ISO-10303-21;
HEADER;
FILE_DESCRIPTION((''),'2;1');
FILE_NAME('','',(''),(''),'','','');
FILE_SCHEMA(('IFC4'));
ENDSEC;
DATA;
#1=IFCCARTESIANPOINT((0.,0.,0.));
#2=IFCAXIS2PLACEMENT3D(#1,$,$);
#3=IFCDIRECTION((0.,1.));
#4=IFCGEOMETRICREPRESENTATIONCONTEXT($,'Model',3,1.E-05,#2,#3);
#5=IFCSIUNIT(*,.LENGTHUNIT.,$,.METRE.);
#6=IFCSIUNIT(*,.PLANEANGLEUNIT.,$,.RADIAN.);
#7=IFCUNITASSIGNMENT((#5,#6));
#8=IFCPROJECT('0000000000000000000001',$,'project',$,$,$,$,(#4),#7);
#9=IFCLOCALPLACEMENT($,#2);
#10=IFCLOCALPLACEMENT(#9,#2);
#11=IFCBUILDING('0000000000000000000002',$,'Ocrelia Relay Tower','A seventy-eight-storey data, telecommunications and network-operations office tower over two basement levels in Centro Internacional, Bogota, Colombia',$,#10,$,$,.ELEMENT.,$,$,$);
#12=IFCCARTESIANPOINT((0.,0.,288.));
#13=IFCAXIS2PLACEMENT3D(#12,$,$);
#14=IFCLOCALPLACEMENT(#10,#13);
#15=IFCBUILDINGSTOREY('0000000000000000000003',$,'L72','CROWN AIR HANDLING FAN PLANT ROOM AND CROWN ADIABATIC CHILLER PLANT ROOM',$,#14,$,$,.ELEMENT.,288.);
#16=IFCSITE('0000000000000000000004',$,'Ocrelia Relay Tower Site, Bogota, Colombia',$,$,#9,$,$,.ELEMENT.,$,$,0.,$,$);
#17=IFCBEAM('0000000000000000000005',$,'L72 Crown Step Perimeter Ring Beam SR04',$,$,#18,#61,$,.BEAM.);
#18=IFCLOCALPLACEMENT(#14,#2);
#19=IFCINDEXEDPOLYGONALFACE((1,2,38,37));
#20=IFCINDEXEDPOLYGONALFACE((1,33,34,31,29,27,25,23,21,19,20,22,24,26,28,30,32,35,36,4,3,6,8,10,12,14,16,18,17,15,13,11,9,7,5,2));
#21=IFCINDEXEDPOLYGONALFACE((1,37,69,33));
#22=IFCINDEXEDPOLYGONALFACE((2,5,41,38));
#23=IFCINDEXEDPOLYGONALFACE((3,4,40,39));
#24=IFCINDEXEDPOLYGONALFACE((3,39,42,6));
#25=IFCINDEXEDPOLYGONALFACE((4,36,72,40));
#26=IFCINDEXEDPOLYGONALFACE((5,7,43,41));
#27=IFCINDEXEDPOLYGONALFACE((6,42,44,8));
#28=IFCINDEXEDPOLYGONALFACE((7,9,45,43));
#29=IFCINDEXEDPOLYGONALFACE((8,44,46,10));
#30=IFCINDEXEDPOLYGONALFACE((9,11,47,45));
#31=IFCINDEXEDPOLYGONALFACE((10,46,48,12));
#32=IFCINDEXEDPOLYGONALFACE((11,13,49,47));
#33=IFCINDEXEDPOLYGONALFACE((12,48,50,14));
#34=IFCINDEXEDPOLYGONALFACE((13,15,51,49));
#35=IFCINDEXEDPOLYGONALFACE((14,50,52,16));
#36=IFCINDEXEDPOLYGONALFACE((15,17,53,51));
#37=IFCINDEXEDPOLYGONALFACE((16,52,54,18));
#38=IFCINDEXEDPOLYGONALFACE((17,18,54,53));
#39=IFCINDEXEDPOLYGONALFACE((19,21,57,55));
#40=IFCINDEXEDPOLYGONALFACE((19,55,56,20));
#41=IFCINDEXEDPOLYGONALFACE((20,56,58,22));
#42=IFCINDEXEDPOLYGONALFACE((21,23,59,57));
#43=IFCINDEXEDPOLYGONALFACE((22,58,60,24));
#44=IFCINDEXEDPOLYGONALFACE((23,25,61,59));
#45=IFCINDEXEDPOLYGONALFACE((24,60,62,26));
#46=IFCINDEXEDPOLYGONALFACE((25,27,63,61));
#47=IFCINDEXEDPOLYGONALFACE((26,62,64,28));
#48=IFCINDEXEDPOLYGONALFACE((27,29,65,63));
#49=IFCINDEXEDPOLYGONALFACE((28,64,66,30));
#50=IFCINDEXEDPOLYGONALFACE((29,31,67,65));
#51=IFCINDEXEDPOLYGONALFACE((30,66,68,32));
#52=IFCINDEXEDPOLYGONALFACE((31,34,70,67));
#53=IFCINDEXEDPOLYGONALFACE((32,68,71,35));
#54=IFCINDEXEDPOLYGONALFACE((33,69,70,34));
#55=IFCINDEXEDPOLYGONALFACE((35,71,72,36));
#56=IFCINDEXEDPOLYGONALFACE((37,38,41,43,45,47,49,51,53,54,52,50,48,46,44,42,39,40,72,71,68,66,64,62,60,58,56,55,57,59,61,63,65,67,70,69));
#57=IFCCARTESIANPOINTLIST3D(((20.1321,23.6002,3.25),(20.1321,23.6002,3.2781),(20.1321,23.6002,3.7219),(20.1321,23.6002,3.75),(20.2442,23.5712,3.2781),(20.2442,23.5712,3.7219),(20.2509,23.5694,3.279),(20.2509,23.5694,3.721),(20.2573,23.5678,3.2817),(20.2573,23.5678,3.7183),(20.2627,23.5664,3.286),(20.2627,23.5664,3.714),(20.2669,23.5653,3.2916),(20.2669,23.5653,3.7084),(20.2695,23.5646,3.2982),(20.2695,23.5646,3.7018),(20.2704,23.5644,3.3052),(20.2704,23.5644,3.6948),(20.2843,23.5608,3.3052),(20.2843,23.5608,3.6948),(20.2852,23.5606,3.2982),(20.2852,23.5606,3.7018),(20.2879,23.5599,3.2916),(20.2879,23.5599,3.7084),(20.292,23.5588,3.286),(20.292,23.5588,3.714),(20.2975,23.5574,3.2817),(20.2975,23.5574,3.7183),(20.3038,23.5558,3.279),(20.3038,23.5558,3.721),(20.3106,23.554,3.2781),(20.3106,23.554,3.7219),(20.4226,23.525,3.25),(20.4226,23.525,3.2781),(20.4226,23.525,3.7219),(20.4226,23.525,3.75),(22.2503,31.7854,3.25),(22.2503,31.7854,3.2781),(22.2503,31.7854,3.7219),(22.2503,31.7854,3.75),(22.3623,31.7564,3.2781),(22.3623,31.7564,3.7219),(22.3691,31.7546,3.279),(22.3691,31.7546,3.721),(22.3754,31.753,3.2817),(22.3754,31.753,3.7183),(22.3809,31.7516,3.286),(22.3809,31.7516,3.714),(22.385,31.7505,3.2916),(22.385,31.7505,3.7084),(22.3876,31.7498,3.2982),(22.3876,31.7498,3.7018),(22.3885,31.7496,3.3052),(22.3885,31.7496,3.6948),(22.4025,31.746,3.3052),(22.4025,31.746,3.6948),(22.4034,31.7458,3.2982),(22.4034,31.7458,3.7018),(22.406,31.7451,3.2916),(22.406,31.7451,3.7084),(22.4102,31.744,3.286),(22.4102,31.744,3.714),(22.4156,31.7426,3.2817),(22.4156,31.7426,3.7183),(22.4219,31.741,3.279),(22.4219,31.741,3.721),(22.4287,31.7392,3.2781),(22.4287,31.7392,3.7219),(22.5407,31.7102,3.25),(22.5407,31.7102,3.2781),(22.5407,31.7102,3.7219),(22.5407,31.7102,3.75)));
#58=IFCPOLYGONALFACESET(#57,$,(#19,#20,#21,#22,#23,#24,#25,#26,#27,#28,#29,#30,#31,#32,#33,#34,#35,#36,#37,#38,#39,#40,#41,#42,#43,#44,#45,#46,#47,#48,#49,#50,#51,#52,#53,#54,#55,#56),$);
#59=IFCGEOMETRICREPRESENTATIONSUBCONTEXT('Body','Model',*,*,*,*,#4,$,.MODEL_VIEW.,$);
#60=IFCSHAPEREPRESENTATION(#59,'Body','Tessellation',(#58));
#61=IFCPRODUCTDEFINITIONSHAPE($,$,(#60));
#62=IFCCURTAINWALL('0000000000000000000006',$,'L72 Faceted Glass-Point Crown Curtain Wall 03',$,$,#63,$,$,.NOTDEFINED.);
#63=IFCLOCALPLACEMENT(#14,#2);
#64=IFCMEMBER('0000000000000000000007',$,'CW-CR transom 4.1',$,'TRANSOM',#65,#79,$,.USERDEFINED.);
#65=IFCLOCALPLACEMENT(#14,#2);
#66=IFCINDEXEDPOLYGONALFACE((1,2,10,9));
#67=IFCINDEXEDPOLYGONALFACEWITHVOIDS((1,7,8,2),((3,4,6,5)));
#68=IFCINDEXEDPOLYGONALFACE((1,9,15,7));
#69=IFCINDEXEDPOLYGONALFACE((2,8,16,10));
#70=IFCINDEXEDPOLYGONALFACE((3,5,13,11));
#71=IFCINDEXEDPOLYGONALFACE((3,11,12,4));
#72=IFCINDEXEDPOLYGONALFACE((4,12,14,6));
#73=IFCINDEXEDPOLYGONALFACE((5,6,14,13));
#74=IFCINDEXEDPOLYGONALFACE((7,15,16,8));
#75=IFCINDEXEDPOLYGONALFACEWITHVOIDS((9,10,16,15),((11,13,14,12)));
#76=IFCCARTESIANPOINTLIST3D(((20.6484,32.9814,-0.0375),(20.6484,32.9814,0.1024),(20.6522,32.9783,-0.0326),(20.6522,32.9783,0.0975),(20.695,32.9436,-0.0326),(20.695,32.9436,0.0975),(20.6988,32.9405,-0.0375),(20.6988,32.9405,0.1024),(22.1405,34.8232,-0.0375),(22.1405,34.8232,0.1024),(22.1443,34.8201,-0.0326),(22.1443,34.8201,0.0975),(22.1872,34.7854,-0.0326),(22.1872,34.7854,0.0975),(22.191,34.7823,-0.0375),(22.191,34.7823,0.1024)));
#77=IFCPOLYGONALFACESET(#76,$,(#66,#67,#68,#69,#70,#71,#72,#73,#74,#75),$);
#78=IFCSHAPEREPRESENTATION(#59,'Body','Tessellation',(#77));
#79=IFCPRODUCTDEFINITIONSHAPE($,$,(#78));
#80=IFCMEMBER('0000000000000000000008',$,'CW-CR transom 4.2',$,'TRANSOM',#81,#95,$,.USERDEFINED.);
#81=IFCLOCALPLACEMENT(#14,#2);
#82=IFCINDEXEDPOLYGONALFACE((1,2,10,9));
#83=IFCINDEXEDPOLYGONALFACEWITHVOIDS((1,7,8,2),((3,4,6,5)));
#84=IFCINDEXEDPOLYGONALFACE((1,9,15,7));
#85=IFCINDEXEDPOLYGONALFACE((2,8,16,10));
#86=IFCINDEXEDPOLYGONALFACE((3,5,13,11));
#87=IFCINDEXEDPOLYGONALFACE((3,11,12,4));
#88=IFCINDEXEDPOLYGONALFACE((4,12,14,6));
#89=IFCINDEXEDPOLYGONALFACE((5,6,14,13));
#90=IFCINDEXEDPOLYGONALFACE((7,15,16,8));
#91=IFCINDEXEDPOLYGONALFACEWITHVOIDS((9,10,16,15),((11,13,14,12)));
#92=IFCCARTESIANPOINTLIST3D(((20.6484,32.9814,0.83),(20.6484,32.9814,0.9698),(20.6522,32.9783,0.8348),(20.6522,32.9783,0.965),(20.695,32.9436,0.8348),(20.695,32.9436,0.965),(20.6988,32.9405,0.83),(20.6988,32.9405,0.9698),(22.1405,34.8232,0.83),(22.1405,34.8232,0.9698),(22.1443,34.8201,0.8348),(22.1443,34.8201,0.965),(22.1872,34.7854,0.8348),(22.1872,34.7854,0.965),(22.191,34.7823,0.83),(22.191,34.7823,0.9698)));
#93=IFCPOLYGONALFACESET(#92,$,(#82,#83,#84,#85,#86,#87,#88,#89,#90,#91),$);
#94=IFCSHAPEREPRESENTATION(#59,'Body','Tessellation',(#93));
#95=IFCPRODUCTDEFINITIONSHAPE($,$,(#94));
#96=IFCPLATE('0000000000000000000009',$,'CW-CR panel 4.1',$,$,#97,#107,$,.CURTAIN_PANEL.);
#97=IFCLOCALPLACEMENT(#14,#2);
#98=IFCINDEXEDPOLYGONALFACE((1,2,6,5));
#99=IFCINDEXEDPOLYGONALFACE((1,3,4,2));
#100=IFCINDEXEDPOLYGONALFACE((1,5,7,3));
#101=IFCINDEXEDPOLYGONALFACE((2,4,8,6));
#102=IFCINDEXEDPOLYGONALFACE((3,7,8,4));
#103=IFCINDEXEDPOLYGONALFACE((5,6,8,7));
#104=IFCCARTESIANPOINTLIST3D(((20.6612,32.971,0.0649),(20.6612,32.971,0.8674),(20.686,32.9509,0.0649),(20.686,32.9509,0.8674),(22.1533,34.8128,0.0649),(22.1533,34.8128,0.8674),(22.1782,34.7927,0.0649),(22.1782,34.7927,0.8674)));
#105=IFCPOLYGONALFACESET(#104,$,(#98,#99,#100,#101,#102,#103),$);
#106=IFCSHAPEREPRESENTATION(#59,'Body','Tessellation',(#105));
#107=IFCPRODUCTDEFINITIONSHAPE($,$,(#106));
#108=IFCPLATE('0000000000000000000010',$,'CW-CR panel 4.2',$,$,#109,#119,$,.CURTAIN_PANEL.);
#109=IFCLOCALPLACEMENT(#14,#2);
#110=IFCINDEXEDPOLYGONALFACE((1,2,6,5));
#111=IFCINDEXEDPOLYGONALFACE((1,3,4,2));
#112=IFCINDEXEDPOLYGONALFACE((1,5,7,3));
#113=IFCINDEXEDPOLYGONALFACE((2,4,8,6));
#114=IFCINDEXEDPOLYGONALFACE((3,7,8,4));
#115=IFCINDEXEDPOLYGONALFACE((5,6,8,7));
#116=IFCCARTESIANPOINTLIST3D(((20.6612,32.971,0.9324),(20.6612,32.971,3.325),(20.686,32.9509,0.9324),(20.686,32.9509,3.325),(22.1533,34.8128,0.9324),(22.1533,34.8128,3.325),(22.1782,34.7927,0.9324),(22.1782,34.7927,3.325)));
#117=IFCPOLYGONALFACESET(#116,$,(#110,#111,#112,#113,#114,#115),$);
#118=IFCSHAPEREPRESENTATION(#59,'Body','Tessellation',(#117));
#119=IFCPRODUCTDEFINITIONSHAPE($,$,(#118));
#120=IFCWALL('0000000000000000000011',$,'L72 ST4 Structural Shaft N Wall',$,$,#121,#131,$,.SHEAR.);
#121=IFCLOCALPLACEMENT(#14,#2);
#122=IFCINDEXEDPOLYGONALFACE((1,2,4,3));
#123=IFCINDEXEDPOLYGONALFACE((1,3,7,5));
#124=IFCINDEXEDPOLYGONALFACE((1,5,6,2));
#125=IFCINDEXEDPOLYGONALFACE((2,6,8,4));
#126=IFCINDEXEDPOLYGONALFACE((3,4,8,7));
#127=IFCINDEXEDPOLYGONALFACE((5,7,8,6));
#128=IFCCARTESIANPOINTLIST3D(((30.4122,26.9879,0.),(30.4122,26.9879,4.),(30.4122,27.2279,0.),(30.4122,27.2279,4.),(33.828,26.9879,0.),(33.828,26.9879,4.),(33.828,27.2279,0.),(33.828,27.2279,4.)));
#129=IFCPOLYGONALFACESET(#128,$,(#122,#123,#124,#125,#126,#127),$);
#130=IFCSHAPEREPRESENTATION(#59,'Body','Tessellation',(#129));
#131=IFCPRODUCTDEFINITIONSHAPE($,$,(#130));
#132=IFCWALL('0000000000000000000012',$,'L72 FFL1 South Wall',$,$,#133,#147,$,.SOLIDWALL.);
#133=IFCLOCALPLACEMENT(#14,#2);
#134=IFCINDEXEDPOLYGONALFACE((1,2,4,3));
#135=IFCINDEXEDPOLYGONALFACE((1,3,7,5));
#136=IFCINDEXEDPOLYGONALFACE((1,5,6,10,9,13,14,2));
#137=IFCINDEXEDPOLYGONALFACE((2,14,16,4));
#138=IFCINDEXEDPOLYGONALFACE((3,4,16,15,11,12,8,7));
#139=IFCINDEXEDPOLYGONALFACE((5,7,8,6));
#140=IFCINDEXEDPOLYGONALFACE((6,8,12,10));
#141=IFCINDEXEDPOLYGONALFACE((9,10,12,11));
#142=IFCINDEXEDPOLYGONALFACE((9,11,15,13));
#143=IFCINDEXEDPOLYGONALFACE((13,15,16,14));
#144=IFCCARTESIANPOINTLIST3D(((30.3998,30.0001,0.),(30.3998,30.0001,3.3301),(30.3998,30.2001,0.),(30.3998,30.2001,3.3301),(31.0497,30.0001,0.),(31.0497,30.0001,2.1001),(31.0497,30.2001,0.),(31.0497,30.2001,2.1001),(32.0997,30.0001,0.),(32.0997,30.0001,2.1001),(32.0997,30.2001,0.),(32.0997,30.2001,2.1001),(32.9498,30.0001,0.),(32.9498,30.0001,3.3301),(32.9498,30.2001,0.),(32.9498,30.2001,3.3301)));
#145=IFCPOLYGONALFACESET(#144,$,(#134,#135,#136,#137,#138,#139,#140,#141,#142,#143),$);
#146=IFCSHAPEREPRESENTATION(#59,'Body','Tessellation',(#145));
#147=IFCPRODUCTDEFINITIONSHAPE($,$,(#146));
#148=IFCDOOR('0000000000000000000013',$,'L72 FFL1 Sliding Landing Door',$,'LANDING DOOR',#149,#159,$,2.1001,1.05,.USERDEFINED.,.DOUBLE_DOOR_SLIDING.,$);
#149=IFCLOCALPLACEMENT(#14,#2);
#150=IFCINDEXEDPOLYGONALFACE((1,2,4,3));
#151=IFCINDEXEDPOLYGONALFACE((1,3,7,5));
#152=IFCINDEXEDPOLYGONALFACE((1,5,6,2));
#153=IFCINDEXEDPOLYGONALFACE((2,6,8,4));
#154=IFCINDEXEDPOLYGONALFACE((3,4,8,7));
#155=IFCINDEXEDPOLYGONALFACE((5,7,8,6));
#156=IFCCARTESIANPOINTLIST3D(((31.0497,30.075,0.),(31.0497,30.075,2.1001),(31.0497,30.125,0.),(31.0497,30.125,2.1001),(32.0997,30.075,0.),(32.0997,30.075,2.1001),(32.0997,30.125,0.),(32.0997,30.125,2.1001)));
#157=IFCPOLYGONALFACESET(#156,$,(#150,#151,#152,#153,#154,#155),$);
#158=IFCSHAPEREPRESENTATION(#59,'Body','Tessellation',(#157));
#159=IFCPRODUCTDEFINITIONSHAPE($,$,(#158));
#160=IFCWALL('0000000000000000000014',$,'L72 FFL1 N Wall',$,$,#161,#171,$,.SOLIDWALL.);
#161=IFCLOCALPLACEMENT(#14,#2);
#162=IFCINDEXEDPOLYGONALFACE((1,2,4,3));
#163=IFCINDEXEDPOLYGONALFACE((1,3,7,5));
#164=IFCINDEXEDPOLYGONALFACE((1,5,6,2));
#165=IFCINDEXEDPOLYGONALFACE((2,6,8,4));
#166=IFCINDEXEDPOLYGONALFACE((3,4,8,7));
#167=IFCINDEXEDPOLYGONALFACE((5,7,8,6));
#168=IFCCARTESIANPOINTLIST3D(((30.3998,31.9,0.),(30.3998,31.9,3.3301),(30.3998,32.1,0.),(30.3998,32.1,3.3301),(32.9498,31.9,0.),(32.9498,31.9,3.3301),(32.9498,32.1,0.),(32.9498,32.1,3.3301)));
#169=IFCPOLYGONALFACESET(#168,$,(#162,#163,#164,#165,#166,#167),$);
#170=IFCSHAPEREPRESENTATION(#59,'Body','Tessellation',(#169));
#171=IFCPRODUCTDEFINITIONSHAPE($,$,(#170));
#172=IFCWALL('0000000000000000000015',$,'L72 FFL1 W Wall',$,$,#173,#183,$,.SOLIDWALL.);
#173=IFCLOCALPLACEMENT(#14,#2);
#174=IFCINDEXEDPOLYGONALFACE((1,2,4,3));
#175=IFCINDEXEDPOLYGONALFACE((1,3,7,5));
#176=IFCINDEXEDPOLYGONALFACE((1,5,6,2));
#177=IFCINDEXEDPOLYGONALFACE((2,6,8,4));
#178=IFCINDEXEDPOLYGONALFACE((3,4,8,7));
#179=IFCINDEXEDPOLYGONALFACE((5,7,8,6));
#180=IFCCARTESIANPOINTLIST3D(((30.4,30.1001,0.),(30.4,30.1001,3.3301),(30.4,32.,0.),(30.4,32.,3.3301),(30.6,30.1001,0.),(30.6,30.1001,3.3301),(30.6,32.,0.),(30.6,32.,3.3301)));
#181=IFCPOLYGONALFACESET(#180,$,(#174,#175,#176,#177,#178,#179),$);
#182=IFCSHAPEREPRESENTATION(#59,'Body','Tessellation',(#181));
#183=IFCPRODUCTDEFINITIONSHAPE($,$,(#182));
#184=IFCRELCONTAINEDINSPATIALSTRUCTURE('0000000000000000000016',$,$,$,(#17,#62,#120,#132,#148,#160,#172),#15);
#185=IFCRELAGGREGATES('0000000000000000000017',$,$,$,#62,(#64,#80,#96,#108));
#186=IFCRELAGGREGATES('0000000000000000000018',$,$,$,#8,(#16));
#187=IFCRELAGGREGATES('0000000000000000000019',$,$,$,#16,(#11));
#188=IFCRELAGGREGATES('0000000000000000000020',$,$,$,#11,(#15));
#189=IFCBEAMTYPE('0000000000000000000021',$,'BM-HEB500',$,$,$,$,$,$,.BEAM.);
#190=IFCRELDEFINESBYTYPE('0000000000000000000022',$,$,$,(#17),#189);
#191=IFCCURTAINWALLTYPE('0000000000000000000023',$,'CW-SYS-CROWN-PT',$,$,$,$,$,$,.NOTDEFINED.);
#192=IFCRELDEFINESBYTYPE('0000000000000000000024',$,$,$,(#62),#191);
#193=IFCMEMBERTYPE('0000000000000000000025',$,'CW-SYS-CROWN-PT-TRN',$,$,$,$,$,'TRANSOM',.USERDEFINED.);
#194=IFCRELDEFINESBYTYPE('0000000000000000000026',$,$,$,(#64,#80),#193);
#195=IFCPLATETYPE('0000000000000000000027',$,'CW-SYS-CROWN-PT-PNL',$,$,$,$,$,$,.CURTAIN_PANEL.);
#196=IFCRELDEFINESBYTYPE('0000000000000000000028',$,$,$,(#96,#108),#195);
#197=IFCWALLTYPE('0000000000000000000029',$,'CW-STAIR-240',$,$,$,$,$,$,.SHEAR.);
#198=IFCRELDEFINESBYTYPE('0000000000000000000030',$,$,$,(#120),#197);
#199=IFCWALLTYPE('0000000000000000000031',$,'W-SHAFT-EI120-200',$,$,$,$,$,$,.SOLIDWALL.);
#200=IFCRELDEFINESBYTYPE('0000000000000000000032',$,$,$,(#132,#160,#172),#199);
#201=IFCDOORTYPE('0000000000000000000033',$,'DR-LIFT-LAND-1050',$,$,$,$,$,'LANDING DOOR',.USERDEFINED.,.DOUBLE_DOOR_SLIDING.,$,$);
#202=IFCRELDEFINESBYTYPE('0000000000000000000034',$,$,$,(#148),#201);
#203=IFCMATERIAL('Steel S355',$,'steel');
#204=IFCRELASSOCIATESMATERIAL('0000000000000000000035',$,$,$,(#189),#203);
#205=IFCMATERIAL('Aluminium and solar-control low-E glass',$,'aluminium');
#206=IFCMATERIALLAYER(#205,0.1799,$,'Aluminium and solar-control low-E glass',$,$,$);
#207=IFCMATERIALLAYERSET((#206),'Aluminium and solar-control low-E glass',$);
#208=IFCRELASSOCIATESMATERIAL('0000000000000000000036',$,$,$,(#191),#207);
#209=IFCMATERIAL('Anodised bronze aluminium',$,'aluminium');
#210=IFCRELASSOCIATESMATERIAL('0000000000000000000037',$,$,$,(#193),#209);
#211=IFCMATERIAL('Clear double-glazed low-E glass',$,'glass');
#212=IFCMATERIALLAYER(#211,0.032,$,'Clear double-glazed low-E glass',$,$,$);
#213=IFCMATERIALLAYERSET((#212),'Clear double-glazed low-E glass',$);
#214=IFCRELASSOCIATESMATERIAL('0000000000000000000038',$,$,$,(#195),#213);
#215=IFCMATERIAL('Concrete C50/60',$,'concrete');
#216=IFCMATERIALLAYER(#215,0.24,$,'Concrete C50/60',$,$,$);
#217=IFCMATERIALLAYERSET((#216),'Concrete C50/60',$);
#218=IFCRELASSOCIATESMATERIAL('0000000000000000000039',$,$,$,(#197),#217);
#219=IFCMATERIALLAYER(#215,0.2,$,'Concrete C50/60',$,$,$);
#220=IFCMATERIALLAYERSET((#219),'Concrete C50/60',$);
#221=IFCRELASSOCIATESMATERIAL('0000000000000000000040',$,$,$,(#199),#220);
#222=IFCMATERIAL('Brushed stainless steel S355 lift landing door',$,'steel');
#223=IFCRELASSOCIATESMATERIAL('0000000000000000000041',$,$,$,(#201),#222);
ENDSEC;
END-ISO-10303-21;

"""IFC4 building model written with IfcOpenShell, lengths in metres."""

from ifc_helpers import new_model, si_unit, direction, frame, frame_2d, origin, origin_2d, place, context, subcontext, project, spatial, rectangle, hollow_rectangle, i_section, extrude, material, layer, layer_set, material_profile, profile_set, type_object, element, fill, aggregate, save


model = new_model("IFC4")

# Units and contexts
model_context = context("Model", 3, precision=1e-05, world=origin(), true_north=direction((0.0, 1.0)))
body_context = subcontext(model_context, "Body", "Model", "MODEL_VIEW")
ifc_project = project(units=[si_unit("LENGTHUNIT", "METRE"), si_unit("PLANEANGLEUNIT", "RADIAN")], contexts=[model_context])

# Site, building, storey
site_placement = place(None, origin())
site = spatial("IfcSite", under=ifc_project, at=site_placement, Name="Ocrelia Relay Tower Site, Bogota, Colombia", CompositionType="ELEMENT", RefElevation=0.0)
building_placement = place(site_placement, origin())
building = spatial("IfcBuilding", under=site, at=building_placement, Name="Ocrelia Relay Tower", Description="A seventy-eight-storey data, telecommunications and network-operations office tower over two basement levels in Centro Internacional, Bogota, Colombia", CompositionType="ELEMENT")
storey_placement = place(building_placement, frame((0.0, 0.0, 288.0)))
storey = spatial("IfcBuildingStorey", under=building, at=storey_placement, Name="L72", Description="CROWN AIR HANDLING FAN PLANT ROOM AND CROWN ADIABATIC CHILLER PLANT ROOM", CompositionType="ELEMENT", Elevation=288.0)

# Beam
ifc_material_1 = material(Name="Steel S355", Category="steel")
ifc_material_profile_1 = material_profile(ifc_material_1, i_section(OverallWidth=0.3, OverallDepth=0.5, WebThickness=0.0144, FlangeThickness=0.0281, FilletRadius=0.0271, at=origin_2d()), Name="HEB 500")
ifc_profile_set_1 = profile_set([ifc_material_profile_1], Name="Steel S355")
beam_type_1 = type_object("IfcBeamType", Name="BM-HEB500", PredefinedType="BEAM", material=ifc_profile_set_1)
beam_1_placement = place(storey_placement, frame((22.3955, 31.7478, 3.5), z_axis=(-0.250524, -0.96811, 0.0), x_axis=(0.96811, -0.250524, 0.0)))
element("IfcBeam", 1, at=beam_1_placement, inside=storey, type_object=beam_type_1, Name="L72 Crown Step Perimeter Ring Beam SR04", PredefinedType="BEAM", context=body_context, shape_type="SweptSolid", body=[
    extrude(i_section(OverallWidth=0.3, OverallDepth=0.5, WebThickness=0.0144, FlangeThickness=0.0281, FilletRadius=0.0271, at=origin_2d()), origin(), (0.0, 0.0, 1.0), 8.4548),
])

# Curtain wall, members, plates
ifc_material_2 = material(Name="Aluminium and solar-control low-E glass", Category="aluminium")
ifc_layer_1 = layer(ifc_material_2, 0.1799, Name="Aluminium and solar-control low-E glass")
ifc_layer_set_1 = layer_set([ifc_layer_1], Name="Aluminium and solar-control low-E glass")
curtain_wall_type = type_object("IfcCurtainWallType", Name="CW-SYS-CROWN-PT", PredefinedType="NOTDEFINED", material=ifc_layer_set_1)
curtain_wall_placement = place(storey_placement, origin())
curtain_wall = element("IfcCurtainWall", 2, at=curtain_wall_placement, inside=storey, type_object=curtain_wall_type, Name="L72 Faceted Glass-Point Crown Curtain Wall 03", PredefinedType="NOTDEFINED")
ifc_material_3 = material(Name="Anodised bronze aluminium", Category="aluminium")
ifc_material_profile_2 = material_profile(ifc_material_3, hollow_rectangle(XDim=0.0649, YDim=0.1399, WallThickness=0.0049, at=origin_2d()), Name="CW-TRN-140x65")
ifc_profile_set_2 = profile_set([ifc_material_profile_2], Name="Anodised bronze aluminium")
member_type = type_object("IfcMemberType", Name="CW-SYS-CROWN-PT-TRN", ElementType="TRANSOM", PredefinedType="USERDEFINED", material=ifc_profile_set_2)
member_1_placement = place(storey_placement, frame((22.1658, 34.8027, 0.0325), z_axis=(-0.629506, -0.776995, 0.0), x_axis=(0.776995, -0.629506, 0.0)))
member_1 = element("IfcMember", 3, at=member_1_placement, type_object=member_type, Name="CW-CR transom 4.1", ObjectType="TRANSOM", PredefinedType="USERDEFINED", context=body_context, shape_type="SweptSolid", body=[
    extrude(hollow_rectangle(XDim=0.0649, YDim=0.1399, WallThickness=0.0049, at=origin_2d()), origin(), (0.0, 0.0, 1.0), 2.3704),
])
member_2_placement = place(storey_placement, frame((22.1658, 34.8027, 0.8999), z_axis=(-0.629506, -0.776995, 0.0), x_axis=(0.776995, -0.629506, 0.0)))
member_2 = element("IfcMember", 4, at=member_2_placement, type_object=member_type, Name="CW-CR transom 4.2", ObjectType="TRANSOM", PredefinedType="USERDEFINED", context=body_context, shape_type="SweptSolid", body=[
    extrude(hollow_rectangle(XDim=0.0649, YDim=0.1399, WallThickness=0.0049, at=origin_2d()), origin(), (0.0, 0.0, 1.0), 2.3704),
])
ifc_material_4 = material(Name="Clear double-glazed low-E glass", Category="glass")
ifc_layer_2 = layer(ifc_material_4, 0.032, Name="Clear double-glazed low-E glass")
ifc_layer_set_2 = layer_set([ifc_layer_2], Name="Clear double-glazed low-E glass")
plate_type = type_object("IfcPlateType", Name="CW-SYS-CROWN-PT-PNL", PredefinedType="CURTAIN_PANEL", material=ifc_layer_set_2)
plate_1_placement = place(storey_placement, frame((21.4197, 33.8818, 0.0649), z_axis=(0.0, 0.0, 1.0), x_axis=(-0.629503, -0.776998, 0.0)))
plate_1 = element("IfcPlate", 5, at=plate_1_placement, type_object=plate_type, Name="CW-CR panel 4.1", PredefinedType="CURTAIN_PANEL", context=body_context, shape_type="SweptSolid", body=[
    extrude(rectangle(XDim=2.3704, YDim=0.032, at=origin_2d()), origin(), (0.0, 0.0, 1.0), 0.8025),
])
plate_2_placement = place(storey_placement, frame((21.4197, 33.8818, 0.9324), z_axis=(0.0, 0.0, 1.0), x_axis=(-0.629503, -0.776998, 0.0)))
plate_2 = element("IfcPlate", 6, at=plate_2_placement, type_object=plate_type, Name="CW-CR panel 4.2", PredefinedType="CURTAIN_PANEL", context=body_context, shape_type="SweptSolid", body=[
    extrude(rectangle(XDim=2.3704, YDim=0.032, at=origin_2d()), origin(), (0.0, 0.0, 1.0), 2.3926),
])
aggregate(curtain_wall, [member_1, member_2, plate_1, plate_2])

# Wall
ifc_material_5 = material(Name="Concrete C50/60", Category="concrete")
ifc_layer_3 = layer(ifc_material_5, 0.24, Name="Concrete C50/60")
ifc_layer_set_3 = layer_set([ifc_layer_3], Name="Concrete C50/60")
wall_type_1 = type_object("IfcWallType", Name="CW-STAIR-240", PredefinedType="SHEAR", material=ifc_layer_set_3)
wall_1_placement = place(storey_placement, frame((30.4121, 27.1079, 0.0), z_axis=(0.0, 0.0, 1.0), x_axis=(1.0, 0.0, 0.0)))
element("IfcWall", 7, at=wall_1_placement, inside=storey, type_object=wall_type_1, Name="L72 ST4 Structural Shaft N Wall", PredefinedType="SHEAR", context=body_context, shape_type="SweptSolid", body=[
    extrude(rectangle(XDim=3.4158, YDim=0.24, at=frame_2d((1.708, 0.0))), origin(), (0.0, 0.0, 1.0), 4.0),
])

# Wall, opening, door
ifc_layer_4 = layer(ifc_material_5, 0.2, Name="Concrete C50/60")
ifc_layer_set_4 = layer_set([ifc_layer_4], Name="Concrete C50/60")
wall_type_2 = type_object("IfcWallType", Name="W-SHAFT-EI120-200", PredefinedType="SOLIDWALL", material=ifc_layer_set_4)
wall_2_placement = place(storey_placement, frame((30.3999, 30.1001, 0.0), z_axis=(0.0, 0.0, 1.0), x_axis=(1.0, 0.0, 0.0)))
wall_2 = element("IfcWall", 8, at=wall_2_placement, inside=storey, type_object=wall_type_2, Name="L72 FFL1 South Wall", PredefinedType="SOLIDWALL", context=body_context, shape_type="SweptSolid", body=[
    extrude(rectangle(XDim=2.55, YDim=0.2, at=frame_2d((1.2749, 0.0))), origin(), (0.0, 0.0, 1.0), 3.3301),
])
opening_placement = place(wall_2_placement, frame((0.6499, 0.0, 0.0)))
opening = element("IfcOpeningElement", 9, at=opening_placement, cuts=wall_2, PredefinedType="OPENING", context=body_context, shape_type="SweptSolid", body=[
    extrude(rectangle(XDim=1.05, YDim=2.1001, at=frame_2d((0.5249, 1.05))), frame((0.0, 0.1099, 0.0), z_axis=(0.0, -1.0, 0.0), x_axis=(1.0, 0.0, 0.0)), (0.0, 0.0, 1.0), 0.22),
])
ifc_material_6 = material(Name="Brushed stainless steel S355 lift landing door", Category="steel")
door_type = type_object("IfcDoorType", Name="DR-LIFT-LAND-1050", ElementType="LANDING DOOR", OperationType="DOUBLE_DOOR_SLIDING", PredefinedType="USERDEFINED", material=ifc_material_6)
door_placement = place(opening_placement, origin())
door = element("IfcDoor", 10, at=door_placement, inside=storey, type_object=door_type, Name="L72 FFL1 Sliding Landing Door", ObjectType="LANDING DOOR", OperationType="DOUBLE_DOOR_SLIDING", OverallHeight=2.1001, OverallWidth=1.05, PredefinedType="USERDEFINED", context=body_context, shape_type="SweptSolid", body=[
    extrude(rectangle(XDim=1.05, YDim=2.1001, at=frame_2d((0.5249, 1.05))), frame((0.0, 0.0249, 0.0), z_axis=(0.0, -1.0, 0.0), x_axis=(1.0, 0.0, 0.0)), (0.0, 0.0, 1.0), 0.05),
])
fill(opening, door)

# Walls
wall_3_placement = place(storey_placement, frame((30.3999, 32.0, 0.0), z_axis=(0.0, 0.0, 1.0), x_axis=(1.0, 0.0, 0.0)))
element("IfcWall", 11, at=wall_3_placement, inside=storey, type_object=wall_type_2, Name="L72 FFL1 N Wall", PredefinedType="SOLIDWALL", context=body_context, shape_type="SweptSolid", body=[
    extrude(rectangle(XDim=2.55, YDim=0.2, at=frame_2d((1.2749, 0.0))), origin(), (0.0, 0.0, 1.0), 3.3301),
])
for number, where, z_axis, x_axis, name in (
    (12, (30.5, 30.1001, 0.0), (0.0, 0.0, 1.0), (0.0, 1.0, 0.0), "L72 FFL1 W Wall"),
):
    element("IfcWall", number, at=place(storey_placement, frame(where, z_axis=z_axis, x_axis=x_axis)), inside=storey, type_object=wall_type_2, Name=name, PredefinedType="SOLIDWALL", context=body_context, shape_type="SweptSolid", body=[
        extrude(rectangle(XDim=1.8999, YDim=0.2, at=frame_2d((0.95, 0.0))), origin(), (0.0, 0.0, 1.0), 3.3301),
    ])

save(model, "model.ifc")
